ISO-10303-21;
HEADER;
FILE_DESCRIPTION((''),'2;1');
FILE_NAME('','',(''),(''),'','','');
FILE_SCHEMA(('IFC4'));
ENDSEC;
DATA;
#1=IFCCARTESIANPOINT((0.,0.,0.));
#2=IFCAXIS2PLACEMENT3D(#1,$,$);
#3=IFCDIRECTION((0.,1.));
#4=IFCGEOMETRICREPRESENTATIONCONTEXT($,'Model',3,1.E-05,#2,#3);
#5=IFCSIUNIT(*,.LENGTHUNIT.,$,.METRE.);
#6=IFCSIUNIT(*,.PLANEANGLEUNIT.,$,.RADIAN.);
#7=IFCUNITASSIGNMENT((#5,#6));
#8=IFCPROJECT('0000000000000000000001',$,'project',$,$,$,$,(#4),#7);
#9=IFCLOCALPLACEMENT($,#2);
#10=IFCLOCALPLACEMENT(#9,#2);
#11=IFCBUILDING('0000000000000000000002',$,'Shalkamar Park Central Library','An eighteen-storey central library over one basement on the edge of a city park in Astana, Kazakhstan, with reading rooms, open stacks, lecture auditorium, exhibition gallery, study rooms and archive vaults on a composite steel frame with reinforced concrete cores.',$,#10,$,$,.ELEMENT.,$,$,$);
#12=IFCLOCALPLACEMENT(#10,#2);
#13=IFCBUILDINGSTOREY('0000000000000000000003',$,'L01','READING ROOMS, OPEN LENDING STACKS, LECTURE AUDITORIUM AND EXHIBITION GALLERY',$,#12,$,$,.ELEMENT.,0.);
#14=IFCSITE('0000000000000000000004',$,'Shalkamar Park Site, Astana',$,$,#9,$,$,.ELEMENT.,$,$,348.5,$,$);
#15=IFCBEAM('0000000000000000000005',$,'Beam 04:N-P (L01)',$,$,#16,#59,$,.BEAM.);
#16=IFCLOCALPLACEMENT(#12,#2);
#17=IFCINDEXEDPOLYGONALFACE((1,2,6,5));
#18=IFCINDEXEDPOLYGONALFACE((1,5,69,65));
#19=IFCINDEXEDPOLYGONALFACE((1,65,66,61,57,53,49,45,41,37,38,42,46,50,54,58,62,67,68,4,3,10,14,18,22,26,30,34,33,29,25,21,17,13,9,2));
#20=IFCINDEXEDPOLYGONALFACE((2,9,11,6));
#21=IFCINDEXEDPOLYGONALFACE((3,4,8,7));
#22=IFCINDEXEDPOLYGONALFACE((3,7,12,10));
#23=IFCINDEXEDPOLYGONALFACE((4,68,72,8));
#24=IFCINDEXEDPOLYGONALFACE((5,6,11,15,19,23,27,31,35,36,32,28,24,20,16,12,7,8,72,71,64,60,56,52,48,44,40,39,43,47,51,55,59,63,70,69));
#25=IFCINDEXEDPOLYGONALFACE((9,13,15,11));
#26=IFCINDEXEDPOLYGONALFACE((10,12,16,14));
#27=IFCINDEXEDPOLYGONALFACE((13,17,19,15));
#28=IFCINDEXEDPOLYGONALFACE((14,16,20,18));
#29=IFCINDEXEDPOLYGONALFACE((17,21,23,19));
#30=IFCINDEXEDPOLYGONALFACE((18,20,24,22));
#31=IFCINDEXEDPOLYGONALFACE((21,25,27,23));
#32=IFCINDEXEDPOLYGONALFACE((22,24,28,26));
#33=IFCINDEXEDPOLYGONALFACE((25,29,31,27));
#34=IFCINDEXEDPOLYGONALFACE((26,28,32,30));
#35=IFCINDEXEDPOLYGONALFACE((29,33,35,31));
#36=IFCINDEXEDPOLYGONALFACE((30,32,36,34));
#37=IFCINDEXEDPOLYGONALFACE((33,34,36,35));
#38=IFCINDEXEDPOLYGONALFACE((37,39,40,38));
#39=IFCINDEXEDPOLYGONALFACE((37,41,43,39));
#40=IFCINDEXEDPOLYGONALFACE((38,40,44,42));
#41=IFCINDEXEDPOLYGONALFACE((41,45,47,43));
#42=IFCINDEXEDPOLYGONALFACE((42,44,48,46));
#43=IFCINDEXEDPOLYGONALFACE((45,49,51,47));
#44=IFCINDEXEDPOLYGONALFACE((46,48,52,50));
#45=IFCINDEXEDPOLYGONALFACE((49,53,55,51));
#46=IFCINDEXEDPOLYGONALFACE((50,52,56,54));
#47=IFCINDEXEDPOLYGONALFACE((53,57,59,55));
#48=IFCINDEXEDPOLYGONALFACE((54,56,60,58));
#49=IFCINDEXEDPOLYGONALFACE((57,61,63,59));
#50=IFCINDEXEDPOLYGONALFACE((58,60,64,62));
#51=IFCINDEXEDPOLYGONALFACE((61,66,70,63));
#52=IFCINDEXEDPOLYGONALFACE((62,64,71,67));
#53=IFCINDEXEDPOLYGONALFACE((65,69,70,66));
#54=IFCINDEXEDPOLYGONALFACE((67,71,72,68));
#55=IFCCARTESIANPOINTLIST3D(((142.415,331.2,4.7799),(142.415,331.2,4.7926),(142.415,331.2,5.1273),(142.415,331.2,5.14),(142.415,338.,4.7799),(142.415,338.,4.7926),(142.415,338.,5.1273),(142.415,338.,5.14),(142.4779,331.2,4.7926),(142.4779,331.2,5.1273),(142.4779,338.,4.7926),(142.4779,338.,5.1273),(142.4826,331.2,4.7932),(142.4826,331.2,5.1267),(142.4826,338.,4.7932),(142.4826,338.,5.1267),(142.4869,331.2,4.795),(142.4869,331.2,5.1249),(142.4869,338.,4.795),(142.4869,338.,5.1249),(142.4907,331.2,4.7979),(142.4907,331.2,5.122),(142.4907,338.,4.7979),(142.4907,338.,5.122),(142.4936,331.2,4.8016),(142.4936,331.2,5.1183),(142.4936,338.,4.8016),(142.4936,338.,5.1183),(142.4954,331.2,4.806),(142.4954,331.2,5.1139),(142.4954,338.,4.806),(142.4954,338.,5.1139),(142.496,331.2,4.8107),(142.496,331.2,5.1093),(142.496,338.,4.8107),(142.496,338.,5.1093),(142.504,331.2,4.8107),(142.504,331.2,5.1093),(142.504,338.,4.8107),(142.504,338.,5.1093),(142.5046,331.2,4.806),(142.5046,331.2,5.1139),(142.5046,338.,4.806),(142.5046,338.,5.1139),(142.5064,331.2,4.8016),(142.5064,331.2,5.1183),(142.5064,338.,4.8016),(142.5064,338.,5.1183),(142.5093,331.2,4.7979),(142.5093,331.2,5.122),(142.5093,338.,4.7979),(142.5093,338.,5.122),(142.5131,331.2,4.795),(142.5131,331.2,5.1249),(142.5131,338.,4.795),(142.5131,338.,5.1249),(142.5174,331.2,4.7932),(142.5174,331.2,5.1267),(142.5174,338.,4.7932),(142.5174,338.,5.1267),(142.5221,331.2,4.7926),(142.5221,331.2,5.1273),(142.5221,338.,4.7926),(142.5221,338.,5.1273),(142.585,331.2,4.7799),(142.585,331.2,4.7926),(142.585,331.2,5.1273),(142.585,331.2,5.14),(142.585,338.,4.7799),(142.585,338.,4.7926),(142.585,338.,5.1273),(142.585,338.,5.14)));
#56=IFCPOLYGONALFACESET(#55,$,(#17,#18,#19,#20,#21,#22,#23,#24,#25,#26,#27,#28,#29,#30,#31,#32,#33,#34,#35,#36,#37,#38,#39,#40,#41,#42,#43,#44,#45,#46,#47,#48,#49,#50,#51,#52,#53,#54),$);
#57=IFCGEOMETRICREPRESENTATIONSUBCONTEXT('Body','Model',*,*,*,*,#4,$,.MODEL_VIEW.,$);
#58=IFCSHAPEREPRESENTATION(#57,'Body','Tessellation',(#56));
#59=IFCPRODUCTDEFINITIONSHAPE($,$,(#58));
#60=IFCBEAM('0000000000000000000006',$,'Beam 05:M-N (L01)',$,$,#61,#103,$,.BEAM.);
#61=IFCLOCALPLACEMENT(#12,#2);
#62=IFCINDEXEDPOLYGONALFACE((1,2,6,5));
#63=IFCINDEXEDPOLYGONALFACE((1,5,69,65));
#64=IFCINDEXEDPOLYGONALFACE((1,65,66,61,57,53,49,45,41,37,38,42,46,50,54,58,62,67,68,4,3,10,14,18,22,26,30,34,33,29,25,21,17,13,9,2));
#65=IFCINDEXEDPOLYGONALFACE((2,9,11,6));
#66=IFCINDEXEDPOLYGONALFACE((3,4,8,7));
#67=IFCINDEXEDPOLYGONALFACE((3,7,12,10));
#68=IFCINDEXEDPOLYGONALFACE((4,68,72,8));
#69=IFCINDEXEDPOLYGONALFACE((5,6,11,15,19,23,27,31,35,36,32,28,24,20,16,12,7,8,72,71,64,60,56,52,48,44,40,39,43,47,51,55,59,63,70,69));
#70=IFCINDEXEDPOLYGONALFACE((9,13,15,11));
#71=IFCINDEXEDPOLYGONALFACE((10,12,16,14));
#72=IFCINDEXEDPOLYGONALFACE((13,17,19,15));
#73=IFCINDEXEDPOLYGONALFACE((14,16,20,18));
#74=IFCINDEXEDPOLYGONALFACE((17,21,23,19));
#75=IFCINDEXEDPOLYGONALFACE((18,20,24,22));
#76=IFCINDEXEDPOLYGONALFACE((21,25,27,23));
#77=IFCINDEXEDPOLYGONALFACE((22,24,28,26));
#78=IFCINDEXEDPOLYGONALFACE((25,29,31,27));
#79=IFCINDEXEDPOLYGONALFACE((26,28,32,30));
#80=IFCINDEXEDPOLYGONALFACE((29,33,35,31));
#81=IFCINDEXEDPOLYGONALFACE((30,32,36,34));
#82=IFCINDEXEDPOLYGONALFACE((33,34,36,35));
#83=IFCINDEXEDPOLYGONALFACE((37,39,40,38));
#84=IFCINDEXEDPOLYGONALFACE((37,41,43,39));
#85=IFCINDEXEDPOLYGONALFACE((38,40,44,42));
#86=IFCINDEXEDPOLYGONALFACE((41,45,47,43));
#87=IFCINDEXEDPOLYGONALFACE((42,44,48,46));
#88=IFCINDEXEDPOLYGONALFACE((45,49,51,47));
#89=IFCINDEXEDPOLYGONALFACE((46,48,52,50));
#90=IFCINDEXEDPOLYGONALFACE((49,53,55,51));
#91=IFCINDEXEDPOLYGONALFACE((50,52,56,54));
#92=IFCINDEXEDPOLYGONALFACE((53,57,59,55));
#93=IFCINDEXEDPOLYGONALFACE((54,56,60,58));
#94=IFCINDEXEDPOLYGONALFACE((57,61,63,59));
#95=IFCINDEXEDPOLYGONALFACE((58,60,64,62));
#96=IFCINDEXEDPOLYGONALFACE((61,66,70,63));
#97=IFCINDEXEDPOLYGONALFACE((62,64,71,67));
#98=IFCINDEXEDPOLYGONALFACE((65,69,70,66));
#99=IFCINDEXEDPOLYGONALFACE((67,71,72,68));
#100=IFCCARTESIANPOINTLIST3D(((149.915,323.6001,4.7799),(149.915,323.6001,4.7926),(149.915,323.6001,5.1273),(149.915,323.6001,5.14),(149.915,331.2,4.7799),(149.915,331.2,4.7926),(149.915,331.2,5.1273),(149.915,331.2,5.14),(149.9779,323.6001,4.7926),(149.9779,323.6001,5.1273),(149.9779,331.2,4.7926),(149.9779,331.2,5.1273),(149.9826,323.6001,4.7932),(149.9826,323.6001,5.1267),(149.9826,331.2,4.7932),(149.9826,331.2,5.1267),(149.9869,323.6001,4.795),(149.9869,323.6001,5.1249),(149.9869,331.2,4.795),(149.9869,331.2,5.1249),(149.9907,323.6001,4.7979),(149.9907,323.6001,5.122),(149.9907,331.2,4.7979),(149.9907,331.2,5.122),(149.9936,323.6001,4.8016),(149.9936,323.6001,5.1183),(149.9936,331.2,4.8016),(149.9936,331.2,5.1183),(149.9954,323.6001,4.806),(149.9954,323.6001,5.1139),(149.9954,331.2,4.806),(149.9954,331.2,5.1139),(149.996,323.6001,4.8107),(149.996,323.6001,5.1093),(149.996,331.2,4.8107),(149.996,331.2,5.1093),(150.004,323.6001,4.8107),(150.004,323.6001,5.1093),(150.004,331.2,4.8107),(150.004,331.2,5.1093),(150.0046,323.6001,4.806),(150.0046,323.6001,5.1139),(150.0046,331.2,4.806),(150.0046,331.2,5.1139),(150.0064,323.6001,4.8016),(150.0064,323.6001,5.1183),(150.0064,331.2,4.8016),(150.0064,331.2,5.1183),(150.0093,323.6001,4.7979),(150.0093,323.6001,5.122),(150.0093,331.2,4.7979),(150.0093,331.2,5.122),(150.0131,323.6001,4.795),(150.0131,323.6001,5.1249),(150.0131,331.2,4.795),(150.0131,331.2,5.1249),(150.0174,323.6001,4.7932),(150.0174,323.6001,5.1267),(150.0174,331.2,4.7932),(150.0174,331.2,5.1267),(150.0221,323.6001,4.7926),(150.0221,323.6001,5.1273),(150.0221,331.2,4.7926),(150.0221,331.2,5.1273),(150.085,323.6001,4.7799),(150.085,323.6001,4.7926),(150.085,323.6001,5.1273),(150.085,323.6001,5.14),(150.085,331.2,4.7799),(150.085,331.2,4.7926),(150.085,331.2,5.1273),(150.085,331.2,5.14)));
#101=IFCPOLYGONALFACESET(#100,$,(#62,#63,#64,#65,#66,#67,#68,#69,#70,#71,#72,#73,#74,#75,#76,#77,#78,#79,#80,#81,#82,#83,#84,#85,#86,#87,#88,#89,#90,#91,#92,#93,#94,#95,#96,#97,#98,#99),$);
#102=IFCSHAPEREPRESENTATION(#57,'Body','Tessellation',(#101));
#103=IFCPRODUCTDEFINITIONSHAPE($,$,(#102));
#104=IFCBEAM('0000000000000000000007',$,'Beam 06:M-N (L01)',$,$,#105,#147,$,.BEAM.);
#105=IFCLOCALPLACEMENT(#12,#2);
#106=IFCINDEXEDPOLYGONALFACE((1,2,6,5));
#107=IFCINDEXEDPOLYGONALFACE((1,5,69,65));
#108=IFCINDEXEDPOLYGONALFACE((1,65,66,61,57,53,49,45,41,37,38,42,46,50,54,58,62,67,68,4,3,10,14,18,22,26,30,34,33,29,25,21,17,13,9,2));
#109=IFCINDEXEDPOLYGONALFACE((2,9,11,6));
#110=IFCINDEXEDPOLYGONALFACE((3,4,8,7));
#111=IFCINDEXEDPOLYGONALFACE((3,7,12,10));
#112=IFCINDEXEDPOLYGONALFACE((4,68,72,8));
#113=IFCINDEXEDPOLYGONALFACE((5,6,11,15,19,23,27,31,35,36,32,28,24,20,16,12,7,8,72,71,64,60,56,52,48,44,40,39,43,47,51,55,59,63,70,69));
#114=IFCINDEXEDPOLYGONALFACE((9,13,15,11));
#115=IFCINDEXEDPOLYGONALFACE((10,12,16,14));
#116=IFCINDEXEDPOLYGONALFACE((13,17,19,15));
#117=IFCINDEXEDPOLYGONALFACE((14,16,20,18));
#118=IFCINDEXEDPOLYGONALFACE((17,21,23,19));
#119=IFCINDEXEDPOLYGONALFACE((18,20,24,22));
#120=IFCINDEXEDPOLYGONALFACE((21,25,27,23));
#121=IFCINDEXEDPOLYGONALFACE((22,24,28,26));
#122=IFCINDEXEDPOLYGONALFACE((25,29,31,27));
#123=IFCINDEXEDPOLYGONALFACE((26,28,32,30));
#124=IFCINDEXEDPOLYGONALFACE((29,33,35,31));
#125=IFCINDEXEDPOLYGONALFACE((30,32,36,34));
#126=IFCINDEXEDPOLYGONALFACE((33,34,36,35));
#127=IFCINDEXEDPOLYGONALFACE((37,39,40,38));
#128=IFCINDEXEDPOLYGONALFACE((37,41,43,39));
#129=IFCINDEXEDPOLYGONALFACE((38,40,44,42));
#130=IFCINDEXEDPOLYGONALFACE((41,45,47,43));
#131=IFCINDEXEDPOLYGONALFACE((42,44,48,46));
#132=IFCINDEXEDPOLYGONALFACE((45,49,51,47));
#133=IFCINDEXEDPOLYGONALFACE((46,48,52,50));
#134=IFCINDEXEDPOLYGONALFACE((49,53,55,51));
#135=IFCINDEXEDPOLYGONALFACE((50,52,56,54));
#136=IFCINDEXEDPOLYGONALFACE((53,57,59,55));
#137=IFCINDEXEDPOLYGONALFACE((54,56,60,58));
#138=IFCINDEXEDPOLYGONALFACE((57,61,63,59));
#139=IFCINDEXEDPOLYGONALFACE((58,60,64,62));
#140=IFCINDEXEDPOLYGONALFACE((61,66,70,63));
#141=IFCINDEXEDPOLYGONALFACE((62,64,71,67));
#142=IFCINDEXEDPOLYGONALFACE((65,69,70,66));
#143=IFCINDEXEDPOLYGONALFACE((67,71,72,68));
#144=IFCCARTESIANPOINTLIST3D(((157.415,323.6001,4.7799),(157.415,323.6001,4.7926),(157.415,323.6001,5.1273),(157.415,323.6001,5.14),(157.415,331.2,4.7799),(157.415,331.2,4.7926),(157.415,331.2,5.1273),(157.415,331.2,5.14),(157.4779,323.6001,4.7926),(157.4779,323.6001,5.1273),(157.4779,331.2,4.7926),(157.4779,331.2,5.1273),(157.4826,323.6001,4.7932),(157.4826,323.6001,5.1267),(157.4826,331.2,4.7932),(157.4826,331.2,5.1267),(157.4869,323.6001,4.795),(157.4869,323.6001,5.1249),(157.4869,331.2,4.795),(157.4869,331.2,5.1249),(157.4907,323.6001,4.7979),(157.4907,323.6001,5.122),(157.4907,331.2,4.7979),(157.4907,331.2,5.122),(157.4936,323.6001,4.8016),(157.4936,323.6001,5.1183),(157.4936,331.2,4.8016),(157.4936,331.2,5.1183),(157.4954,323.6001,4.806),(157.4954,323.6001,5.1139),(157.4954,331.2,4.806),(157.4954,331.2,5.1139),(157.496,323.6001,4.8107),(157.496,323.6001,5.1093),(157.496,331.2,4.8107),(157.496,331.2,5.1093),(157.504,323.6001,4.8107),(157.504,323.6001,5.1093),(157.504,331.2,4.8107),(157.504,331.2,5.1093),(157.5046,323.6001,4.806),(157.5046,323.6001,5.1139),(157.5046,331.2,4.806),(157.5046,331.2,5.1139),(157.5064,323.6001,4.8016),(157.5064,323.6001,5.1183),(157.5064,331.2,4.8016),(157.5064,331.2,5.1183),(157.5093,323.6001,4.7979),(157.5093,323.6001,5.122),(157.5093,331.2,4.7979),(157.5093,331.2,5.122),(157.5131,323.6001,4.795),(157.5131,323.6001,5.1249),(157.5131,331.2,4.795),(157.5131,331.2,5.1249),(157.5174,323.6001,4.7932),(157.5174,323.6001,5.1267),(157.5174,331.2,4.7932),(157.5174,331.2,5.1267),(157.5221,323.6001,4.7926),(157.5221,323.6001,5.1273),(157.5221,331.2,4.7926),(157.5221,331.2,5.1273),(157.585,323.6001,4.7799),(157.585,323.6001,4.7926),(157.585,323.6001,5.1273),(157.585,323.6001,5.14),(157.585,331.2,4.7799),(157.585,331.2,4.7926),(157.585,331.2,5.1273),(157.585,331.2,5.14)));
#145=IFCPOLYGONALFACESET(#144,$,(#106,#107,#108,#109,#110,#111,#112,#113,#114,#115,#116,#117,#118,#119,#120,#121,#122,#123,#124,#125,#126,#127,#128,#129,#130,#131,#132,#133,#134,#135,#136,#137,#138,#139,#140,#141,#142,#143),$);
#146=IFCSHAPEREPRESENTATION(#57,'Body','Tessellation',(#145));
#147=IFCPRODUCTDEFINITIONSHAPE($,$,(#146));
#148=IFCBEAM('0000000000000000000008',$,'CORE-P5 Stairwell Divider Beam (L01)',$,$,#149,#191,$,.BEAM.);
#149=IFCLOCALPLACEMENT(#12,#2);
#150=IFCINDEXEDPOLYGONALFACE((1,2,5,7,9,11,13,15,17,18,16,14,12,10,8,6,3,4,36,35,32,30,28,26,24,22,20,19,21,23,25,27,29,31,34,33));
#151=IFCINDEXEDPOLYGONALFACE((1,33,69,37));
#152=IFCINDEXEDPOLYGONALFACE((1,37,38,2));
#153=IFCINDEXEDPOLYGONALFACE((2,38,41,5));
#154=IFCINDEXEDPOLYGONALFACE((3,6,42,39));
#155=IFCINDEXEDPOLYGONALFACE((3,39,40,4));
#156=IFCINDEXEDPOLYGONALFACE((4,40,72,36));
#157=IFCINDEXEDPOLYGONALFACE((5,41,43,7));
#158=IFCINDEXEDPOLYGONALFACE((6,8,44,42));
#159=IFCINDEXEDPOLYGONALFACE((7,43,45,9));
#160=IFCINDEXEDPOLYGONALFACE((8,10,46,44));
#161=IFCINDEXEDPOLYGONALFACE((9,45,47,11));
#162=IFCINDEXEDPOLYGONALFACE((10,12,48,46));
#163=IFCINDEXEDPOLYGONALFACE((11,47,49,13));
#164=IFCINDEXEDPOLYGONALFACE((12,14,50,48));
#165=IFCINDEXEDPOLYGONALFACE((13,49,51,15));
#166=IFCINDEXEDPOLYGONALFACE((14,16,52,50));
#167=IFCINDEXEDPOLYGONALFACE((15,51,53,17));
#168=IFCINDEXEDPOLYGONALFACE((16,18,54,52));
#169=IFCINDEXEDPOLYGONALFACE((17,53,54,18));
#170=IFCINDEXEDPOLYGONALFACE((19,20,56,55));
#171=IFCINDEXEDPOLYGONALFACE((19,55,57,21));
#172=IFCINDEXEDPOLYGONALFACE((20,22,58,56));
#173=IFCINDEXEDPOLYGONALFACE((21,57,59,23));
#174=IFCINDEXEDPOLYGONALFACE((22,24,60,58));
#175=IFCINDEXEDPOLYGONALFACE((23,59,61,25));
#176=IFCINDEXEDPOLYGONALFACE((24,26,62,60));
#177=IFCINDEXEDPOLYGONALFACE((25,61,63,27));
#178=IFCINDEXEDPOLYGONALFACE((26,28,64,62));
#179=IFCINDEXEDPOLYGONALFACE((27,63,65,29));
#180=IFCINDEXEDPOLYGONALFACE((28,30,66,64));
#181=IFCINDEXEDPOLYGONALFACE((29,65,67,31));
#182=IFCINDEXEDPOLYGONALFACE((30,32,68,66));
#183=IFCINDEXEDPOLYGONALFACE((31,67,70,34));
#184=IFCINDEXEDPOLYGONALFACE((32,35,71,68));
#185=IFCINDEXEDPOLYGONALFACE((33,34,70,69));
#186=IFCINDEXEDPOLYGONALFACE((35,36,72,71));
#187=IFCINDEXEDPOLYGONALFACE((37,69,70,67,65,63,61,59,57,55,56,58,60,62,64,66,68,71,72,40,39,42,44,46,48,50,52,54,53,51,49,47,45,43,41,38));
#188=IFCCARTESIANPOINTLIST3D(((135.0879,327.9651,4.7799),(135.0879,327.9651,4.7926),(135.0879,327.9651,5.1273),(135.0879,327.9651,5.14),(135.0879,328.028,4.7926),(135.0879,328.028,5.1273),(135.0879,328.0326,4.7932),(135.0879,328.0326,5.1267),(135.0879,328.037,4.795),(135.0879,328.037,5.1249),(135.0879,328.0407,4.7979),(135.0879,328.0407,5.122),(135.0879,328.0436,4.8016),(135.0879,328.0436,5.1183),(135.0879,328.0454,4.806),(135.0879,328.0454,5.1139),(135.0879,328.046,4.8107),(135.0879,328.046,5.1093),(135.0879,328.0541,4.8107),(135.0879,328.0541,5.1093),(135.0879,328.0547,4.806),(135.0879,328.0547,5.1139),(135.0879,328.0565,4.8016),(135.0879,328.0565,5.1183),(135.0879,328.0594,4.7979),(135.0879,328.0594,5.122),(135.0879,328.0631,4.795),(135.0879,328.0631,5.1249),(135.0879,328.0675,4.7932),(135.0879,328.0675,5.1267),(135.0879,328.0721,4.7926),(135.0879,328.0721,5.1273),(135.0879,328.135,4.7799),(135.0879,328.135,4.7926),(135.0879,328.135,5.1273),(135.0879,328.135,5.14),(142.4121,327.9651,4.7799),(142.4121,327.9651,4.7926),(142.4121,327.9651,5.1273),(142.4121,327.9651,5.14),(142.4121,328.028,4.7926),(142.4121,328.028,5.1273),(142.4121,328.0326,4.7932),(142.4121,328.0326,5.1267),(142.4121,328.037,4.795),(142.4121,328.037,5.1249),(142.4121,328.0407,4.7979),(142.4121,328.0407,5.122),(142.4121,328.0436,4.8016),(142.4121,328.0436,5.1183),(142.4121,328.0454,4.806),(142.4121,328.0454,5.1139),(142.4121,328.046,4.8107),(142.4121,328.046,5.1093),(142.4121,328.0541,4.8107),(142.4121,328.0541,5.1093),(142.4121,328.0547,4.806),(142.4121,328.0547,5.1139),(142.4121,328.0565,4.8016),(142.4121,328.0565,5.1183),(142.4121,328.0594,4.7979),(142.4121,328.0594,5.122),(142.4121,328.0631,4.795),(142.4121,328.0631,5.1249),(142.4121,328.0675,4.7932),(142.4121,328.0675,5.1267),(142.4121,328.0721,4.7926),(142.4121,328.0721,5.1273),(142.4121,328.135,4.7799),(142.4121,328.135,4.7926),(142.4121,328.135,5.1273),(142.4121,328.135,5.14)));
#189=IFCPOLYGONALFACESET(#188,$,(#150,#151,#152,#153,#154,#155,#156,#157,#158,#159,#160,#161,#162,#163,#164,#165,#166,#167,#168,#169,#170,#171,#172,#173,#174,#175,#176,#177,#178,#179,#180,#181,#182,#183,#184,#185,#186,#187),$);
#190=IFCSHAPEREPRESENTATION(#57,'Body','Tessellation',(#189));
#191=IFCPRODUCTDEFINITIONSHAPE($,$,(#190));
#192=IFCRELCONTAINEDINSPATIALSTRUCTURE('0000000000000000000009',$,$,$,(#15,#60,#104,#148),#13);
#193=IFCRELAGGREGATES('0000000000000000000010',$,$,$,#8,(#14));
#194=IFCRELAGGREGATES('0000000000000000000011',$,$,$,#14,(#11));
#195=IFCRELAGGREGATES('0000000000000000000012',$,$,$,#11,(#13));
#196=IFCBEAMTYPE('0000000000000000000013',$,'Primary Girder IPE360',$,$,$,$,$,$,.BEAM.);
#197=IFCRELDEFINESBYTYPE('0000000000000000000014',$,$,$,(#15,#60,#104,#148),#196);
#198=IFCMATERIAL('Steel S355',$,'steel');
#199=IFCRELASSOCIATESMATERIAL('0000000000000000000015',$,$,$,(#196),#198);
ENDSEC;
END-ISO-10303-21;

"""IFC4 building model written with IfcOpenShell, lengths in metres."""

from ifc_helpers import new_model, si_unit, direction, frame, origin, origin_2d, place, context, subcontext, project, spatial, i_section, extrude, material, material_profile, profile_set, type_object, element, save


model = new_model("IFC4")

# Units and contexts
model_context = context("Model", 3, precision=1e-05, world=origin(), true_north=direction((0.0, 1.0)))
body_context = subcontext(model_context, "Body", "Model", "MODEL_VIEW")
ifc_project = project(units=[si_unit("LENGTHUNIT", "METRE"), si_unit("PLANEANGLEUNIT", "RADIAN")], contexts=[model_context])

# Site, building, storey
site_placement = place(None, origin())
site = spatial("IfcSite", under=ifc_project, at=site_placement, Name="Shalkamar Park Site, Astana", CompositionType="ELEMENT", RefElevation=348.5)
building_placement = place(site_placement, origin())
building = spatial("IfcBuilding", under=site, at=building_placement, Name="Shalkamar Park Central Library", Description="An eighteen-storey central library over one basement on the edge of a city park in Astana, Kazakhstan, with reading rooms, open stacks, lecture auditorium, exhibition gallery, study rooms and archive vaults on a composite steel frame with reinforced concrete cores.", CompositionType="ELEMENT")
storey_placement = place(building_placement, origin())
storey = spatial("IfcBuildingStorey", under=building, at=storey_placement, Name="L01", Description="READING ROOMS, OPEN LENDING STACKS, LECTURE AUDITORIUM AND EXHIBITION GALLERY", CompositionType="ELEMENT", Elevation=0.0)

# Shared definitions
ifc_material_1 = material(Name="Steel S355", Category="steel")

# Beams
ifc_material_profile_1 = material_profile(ifc_material_1, i_section(OverallWidth=0.1699, OverallDepth=0.3601, WebThickness=0.0081, FlangeThickness=0.0127, FilletRadius=0.0181, at=origin_2d()), Name="IPE 360")
ifc_profile_set_1 = profile_set([ifc_material_profile_1], Name="Steel S355")
beam_type_1 = type_object("IfcBeamType", Name="Primary Girder IPE360", PredefinedType="BEAM", material=ifc_profile_set_1)
beam_1_placement = place(storey_placement, frame((142.5, 331.2, 4.96), z_axis=(0.0, 1.0, 0.0), x_axis=(-1.0, 0.0, 0.0)))
element("IfcBeam", 1, at=beam_1_placement, inside=storey, type_object=beam_type_1, Name="Beam 04:N-P (L01)", PredefinedType="BEAM", context=body_context, shape_type="SweptSolid", body=[
    extrude(i_section(OverallWidth=0.1699, OverallDepth=0.3601, WebThickness=0.0081, FlangeThickness=0.0127, FilletRadius=0.0181, at=origin_2d()), origin(), (0.0, 0.0, 1.0), 6.8),
])
for number, where, z_axis, x_axis, name in (
    (2, (150.0, 323.6001, 4.96), (0.0, 1.0, 0.0), (-1.0, 0.0, 0.0), "Beam 05:M-N (L01)"),
    (3, (157.5, 323.6001, 4.96), (0.0, 1.0, 0.0), (-1.0, 0.0, 0.0), "Beam 06:M-N (L01)"),
):
    element("IfcBeam", number, at=place(storey_placement, frame(where, z_axis=z_axis, x_axis=x_axis)), inside=storey, type_object=beam_type_1, Name=name, PredefinedType="BEAM", context=body_context, shape_type="SweptSolid", body=[
        extrude(i_section(OverallWidth=0.1699, OverallDepth=0.3601, WebThickness=0.0081, FlangeThickness=0.0127, FilletRadius=0.0181, at=origin_2d()), origin(), (0.0, 0.0, 1.0), 7.5999),
    ])
beam_2_placement = place(storey_placement, frame((135.0879, 328.05, 4.96), z_axis=(1.0, 0.0, 0.0), x_axis=(0.0, 1.0, 0.0)))
element("IfcBeam", 4, at=beam_2_placement, inside=storey, type_object=beam_type_1, Name="CORE-P5 Stairwell Divider Beam (L01)", PredefinedType="BEAM", context=body_context, shape_type="SweptSolid", body=[
    extrude(i_section(OverallWidth=0.1699, OverallDepth=0.3601, WebThickness=0.0081, FlangeThickness=0.0127, FilletRadius=0.0181, at=origin_2d()), origin(), (0.0, 0.0, 1.0), 7.3242),
])

save(model, "model.ifc")
